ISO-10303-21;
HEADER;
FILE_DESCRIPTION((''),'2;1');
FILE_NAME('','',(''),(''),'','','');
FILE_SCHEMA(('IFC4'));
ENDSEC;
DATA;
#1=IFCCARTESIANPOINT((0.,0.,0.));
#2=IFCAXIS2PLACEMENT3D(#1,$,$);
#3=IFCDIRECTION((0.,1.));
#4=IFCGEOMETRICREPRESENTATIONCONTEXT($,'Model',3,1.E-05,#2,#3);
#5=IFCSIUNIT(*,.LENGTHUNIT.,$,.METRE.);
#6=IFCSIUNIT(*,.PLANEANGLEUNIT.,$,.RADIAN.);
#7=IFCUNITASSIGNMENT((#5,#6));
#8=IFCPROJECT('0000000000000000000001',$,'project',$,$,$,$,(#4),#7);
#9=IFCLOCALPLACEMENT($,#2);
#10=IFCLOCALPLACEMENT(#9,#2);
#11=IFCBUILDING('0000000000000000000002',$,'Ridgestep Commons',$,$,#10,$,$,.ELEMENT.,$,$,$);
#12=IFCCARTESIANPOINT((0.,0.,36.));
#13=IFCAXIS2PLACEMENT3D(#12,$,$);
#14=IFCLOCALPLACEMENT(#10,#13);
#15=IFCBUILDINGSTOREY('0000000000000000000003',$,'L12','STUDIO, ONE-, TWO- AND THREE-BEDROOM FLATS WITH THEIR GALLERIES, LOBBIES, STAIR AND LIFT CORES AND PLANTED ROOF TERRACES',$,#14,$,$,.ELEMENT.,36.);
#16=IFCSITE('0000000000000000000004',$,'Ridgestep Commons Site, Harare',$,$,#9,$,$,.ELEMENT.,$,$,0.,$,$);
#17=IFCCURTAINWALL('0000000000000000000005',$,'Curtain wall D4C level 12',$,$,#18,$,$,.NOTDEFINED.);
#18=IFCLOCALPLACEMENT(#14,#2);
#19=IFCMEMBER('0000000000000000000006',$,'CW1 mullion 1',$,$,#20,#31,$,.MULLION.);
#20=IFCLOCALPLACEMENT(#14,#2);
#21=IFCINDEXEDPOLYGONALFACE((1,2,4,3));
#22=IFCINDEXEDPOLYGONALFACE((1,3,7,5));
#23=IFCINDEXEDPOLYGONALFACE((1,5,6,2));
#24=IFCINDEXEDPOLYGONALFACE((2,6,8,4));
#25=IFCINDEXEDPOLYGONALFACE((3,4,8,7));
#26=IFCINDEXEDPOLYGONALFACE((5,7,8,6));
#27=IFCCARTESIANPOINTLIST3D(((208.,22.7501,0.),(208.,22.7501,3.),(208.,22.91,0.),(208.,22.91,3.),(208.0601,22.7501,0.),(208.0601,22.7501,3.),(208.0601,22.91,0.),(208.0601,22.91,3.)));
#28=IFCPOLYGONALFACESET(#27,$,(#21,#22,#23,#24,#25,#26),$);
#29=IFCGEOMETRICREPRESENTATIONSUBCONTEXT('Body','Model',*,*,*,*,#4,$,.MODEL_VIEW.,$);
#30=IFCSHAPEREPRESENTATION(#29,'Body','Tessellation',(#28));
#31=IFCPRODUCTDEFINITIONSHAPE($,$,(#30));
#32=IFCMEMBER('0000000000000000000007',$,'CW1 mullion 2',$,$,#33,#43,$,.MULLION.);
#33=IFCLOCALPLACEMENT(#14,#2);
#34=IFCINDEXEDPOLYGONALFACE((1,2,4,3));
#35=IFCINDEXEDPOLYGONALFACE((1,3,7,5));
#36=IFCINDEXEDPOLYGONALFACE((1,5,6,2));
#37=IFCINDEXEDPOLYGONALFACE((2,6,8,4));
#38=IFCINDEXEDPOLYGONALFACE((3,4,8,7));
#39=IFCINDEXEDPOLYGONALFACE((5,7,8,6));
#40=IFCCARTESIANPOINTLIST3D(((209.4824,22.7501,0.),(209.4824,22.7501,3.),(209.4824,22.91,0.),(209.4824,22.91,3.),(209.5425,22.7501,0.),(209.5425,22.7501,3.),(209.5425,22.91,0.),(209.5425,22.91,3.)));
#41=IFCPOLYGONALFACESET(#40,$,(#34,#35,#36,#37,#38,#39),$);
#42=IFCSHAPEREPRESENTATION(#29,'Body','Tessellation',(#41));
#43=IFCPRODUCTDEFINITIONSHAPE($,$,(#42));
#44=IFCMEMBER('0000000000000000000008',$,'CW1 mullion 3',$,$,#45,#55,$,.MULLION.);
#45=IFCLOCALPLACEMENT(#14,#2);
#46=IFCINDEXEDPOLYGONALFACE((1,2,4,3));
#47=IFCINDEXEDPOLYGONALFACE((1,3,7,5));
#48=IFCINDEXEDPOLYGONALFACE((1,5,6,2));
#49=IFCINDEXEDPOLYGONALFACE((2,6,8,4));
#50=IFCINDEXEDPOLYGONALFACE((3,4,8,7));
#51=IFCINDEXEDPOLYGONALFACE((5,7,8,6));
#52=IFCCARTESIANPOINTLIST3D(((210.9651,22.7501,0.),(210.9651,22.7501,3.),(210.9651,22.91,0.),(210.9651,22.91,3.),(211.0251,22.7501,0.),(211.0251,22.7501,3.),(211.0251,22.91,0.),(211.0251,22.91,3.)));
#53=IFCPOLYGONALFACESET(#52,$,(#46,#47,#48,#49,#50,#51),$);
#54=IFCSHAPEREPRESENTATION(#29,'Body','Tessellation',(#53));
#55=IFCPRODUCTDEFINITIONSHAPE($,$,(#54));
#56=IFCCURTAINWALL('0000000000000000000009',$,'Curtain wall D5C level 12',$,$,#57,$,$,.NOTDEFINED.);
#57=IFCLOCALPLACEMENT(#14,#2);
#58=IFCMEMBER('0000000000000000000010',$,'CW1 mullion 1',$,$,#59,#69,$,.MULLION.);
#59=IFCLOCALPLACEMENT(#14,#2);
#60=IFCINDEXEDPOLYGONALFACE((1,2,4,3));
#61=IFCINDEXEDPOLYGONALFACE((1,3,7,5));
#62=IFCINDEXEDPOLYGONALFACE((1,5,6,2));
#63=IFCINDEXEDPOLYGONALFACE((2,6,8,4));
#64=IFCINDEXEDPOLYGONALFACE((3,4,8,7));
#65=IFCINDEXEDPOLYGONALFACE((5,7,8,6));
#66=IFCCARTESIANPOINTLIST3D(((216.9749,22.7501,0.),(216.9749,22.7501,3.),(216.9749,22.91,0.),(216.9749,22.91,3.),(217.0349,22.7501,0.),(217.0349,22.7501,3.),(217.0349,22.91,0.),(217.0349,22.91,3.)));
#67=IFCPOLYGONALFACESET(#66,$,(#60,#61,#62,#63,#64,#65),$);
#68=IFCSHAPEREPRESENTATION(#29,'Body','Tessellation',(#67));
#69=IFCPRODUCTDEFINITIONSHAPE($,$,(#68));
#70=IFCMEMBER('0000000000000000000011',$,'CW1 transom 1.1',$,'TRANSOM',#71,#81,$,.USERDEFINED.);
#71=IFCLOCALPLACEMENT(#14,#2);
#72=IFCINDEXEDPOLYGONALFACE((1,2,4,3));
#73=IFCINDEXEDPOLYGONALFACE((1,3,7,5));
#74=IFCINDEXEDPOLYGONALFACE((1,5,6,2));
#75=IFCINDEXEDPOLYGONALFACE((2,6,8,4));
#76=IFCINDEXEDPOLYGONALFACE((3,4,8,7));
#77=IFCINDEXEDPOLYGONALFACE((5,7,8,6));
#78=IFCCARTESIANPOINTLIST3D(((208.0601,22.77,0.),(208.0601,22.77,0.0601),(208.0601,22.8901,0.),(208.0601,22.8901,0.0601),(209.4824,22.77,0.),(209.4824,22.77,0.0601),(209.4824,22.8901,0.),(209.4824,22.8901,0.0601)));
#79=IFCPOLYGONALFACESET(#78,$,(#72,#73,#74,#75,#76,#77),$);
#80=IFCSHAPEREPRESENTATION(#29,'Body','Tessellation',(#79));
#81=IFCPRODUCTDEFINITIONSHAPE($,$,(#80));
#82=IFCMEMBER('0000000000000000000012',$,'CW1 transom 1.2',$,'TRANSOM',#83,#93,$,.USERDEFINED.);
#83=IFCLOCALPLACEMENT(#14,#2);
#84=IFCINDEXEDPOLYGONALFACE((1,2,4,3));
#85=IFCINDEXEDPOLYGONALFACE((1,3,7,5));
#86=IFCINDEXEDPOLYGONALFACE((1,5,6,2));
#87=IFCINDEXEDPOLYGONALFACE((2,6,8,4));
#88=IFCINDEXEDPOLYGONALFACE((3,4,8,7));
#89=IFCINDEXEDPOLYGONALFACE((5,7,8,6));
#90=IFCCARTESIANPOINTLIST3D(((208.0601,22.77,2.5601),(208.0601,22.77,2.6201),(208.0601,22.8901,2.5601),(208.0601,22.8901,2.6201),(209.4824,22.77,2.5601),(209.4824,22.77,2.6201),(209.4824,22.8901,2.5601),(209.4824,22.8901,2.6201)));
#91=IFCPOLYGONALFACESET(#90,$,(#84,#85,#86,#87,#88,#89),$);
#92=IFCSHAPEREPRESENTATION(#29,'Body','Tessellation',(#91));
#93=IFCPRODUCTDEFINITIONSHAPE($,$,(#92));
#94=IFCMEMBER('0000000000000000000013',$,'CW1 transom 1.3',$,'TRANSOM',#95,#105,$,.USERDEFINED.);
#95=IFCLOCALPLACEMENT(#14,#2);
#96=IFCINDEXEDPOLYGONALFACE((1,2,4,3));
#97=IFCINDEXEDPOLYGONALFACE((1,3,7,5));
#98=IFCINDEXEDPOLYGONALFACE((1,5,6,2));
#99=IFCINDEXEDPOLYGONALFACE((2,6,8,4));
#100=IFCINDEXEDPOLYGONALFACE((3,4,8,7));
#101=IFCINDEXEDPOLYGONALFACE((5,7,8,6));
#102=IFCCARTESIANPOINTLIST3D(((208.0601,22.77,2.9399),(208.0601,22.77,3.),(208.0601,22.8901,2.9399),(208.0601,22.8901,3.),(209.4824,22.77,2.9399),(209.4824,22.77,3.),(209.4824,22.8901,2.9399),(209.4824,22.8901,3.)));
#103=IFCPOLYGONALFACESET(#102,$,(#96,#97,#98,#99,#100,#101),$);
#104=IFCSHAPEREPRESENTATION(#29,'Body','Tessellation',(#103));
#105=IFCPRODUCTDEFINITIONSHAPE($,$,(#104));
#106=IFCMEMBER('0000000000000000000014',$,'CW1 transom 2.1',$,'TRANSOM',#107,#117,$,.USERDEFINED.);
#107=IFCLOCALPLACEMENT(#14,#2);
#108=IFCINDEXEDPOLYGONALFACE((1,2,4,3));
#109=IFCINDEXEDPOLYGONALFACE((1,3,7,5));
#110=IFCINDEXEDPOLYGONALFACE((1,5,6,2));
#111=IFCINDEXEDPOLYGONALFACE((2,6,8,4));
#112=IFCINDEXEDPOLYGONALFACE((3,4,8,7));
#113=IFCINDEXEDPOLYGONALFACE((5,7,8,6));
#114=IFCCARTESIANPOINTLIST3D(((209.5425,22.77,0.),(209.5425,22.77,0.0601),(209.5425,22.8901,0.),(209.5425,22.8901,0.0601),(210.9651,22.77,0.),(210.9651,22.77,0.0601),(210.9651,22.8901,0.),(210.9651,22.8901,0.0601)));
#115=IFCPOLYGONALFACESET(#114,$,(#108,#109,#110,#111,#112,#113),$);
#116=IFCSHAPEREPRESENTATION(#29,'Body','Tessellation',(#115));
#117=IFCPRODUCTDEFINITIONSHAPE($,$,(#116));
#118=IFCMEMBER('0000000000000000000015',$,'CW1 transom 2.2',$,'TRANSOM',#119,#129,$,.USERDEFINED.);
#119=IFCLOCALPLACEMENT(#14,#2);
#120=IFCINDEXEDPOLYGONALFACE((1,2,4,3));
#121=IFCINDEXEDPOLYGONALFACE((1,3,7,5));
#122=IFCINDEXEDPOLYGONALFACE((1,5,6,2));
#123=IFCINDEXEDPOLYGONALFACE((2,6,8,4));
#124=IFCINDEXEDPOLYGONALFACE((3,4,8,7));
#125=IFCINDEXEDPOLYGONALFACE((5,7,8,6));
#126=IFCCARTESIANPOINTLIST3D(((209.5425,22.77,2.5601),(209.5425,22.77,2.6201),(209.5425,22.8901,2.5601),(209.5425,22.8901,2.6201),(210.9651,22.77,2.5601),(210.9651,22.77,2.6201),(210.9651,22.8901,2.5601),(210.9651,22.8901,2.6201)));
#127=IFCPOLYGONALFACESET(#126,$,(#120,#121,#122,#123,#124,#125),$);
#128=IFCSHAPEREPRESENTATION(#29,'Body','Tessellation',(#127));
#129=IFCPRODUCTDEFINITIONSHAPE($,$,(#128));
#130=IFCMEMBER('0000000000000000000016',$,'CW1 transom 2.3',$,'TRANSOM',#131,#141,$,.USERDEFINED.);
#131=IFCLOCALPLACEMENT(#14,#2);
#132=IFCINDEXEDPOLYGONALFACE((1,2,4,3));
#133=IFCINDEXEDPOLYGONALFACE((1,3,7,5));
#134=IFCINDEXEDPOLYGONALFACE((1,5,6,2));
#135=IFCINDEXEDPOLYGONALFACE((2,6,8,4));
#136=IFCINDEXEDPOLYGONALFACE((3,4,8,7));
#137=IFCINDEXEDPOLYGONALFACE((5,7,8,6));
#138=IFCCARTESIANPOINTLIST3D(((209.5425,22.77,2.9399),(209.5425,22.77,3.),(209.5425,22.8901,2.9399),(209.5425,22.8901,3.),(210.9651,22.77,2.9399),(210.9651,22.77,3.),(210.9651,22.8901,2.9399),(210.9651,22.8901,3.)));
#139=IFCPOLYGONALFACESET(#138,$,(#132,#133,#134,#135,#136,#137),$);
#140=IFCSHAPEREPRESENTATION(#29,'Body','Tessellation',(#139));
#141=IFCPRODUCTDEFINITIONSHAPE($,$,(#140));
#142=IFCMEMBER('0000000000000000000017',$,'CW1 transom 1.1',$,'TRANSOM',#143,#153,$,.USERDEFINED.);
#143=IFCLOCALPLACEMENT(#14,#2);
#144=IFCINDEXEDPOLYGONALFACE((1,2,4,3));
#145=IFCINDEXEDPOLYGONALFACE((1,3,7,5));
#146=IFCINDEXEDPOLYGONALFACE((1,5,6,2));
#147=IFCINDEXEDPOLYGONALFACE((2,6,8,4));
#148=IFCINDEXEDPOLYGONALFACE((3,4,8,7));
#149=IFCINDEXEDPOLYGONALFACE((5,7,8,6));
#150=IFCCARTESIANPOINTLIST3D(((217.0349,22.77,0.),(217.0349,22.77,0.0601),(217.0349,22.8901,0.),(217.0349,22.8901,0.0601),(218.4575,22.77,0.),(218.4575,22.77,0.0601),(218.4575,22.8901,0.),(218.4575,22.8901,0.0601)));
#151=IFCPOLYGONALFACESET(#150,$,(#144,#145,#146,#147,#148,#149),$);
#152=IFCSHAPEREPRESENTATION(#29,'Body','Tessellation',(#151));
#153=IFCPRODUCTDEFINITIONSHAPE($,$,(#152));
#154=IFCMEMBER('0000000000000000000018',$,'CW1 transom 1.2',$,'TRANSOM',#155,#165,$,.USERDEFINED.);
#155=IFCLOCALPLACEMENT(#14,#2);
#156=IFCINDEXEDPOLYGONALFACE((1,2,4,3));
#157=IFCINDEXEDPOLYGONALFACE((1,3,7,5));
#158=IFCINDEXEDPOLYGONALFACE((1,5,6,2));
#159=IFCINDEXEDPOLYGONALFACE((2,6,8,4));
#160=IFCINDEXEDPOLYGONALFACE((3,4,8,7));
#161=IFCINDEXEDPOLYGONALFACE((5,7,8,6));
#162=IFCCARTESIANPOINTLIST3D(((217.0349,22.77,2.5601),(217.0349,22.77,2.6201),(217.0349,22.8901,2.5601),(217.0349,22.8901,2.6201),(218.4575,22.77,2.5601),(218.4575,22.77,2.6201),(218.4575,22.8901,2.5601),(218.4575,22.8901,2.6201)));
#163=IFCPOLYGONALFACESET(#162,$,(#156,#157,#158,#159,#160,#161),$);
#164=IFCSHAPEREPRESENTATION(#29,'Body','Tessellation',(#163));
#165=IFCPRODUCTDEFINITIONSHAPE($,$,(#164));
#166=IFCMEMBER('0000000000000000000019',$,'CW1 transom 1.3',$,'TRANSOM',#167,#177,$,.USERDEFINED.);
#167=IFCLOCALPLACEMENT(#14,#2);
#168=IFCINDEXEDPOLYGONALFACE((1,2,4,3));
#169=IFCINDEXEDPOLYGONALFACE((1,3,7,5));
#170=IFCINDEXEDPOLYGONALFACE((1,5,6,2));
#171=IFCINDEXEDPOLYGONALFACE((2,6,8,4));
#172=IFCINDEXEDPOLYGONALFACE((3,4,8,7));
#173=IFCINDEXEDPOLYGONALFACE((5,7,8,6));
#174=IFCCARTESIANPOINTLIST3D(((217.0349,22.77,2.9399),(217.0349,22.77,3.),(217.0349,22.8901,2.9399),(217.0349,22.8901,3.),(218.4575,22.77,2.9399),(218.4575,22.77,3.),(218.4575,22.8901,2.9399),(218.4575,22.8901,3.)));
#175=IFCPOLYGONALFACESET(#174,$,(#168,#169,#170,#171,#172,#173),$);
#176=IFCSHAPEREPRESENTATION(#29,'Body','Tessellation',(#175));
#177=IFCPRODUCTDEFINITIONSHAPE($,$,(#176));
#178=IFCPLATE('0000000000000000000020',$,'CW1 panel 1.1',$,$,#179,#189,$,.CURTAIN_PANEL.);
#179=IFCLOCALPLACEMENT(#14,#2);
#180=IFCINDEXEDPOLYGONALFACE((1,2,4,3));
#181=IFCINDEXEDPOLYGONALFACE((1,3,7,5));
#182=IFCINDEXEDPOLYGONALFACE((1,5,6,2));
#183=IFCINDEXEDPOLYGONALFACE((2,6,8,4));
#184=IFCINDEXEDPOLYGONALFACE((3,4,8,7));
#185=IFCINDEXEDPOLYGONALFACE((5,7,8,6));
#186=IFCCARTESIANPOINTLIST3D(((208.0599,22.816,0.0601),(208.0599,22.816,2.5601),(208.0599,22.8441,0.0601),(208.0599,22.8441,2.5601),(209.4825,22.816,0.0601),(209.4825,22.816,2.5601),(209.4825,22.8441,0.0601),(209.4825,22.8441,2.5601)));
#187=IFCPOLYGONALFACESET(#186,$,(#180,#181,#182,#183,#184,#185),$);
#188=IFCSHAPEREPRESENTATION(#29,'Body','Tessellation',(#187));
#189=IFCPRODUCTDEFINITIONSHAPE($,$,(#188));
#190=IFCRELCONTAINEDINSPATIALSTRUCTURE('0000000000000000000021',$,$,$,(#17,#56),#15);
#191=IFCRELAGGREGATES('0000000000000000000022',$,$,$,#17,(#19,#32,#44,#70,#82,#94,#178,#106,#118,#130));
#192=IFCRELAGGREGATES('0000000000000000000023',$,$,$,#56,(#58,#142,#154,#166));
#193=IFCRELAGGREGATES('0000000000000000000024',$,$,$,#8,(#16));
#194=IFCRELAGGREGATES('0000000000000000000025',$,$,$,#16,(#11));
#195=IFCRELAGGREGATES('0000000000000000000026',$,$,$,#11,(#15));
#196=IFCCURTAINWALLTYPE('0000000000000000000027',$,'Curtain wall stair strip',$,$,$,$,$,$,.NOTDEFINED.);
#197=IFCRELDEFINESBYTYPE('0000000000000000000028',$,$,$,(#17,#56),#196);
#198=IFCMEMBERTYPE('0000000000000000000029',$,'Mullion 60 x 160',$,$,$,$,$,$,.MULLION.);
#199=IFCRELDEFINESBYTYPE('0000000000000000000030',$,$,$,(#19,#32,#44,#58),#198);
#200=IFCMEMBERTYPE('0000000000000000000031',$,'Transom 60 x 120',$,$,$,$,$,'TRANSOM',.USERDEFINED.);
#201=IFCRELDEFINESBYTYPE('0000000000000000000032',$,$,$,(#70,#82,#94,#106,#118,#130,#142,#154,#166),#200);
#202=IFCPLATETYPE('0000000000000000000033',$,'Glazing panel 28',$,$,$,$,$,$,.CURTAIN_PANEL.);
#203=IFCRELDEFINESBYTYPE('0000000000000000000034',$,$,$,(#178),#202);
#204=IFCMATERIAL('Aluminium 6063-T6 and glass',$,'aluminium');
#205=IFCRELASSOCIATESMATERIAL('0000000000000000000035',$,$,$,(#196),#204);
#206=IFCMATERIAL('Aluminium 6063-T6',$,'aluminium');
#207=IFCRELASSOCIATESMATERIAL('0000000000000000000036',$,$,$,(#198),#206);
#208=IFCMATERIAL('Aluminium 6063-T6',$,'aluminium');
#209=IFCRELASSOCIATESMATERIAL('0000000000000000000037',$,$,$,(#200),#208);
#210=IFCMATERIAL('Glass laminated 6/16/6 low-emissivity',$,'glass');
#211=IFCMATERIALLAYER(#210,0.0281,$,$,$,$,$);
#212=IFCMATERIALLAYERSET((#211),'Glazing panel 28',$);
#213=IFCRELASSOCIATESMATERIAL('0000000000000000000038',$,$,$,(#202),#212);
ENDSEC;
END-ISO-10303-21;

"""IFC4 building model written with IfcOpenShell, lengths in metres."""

from ifc_helpers import new_model, si_unit, direction, frame, origin, origin_2d, place, context, subcontext, project, spatial, rectangle, extrude, material, layer, layer_set, material_profile, profile_set, type_object, element, aggregate, save


model = new_model("IFC4")

# Units and contexts
model_context = context("Model", 3, precision=1e-05, world=origin(), true_north=direction((0.0, 1.0)))
body_context = subcontext(model_context, "Body", "Model", "MODEL_VIEW")
ifc_project = project(units=[si_unit("LENGTHUNIT", "METRE"), si_unit("PLANEANGLEUNIT", "RADIAN")], contexts=[model_context])

# Site, building, storey
site_placement = place(None, origin())
site = spatial("IfcSite", under=ifc_project, at=site_placement, Name="Ridgestep Commons Site, Harare", CompositionType="ELEMENT", RefElevation=0.0)
building_placement = place(site_placement, origin())
building = spatial("IfcBuilding", under=site, at=building_placement, Name="Ridgestep Commons", CompositionType="ELEMENT")
storey_placement = place(building_placement, frame((0.0, 0.0, 36.0)))
storey = spatial("IfcBuildingStorey", under=building, at=storey_placement, Name="L12", Description="STUDIO, ONE-, TWO- AND THREE-BEDROOM FLATS WITH THEIR GALLERIES, LOBBIES, STAIR AND LIFT CORES AND PLANTED ROOF TERRACES", CompositionType="ELEMENT", Elevation=36.0)

# Curtain wall, members
ifc_material_1 = material(Name="Aluminium 6063-T6 and glass", Category="aluminium")
curtain_wall_type = type_object("IfcCurtainWallType", Name="Curtain wall stair strip", PredefinedType="NOTDEFINED", material=ifc_material_1)
curtain_wall_1_placement = place(storey_placement, origin())
curtain_wall_1 = element("IfcCurtainWall", 1, at=curtain_wall_1_placement, inside=storey, type_object=curtain_wall_type, Name="Curtain wall D4C level 12", PredefinedType="NOTDEFINED")
ifc_material_2 = material(Name="Aluminium 6063-T6", Category="aluminium")
ifc_material_profile_1 = material_profile(ifc_material_2, rectangle(XDim=0.1599, YDim=0.0601, at=origin_2d()), Name="Mullion 60 x 160")
ifc_profile_set_1 = profile_set([ifc_material_profile_1], Name="Aluminium 6063-T6")
member_type_1 = type_object("IfcMemberType", Name="Mullion 60 x 160", PredefinedType="MULLION", material=ifc_profile_set_1)
member_1_placement = place(storey_placement, frame((208.03, 22.8301, 0.0), z_axis=(0.0, 0.0, 1.0), x_axis=(0.0, 1.0, 0.0)))
member_1 = element("IfcMember", 2, at=member_1_placement, type_object=member_type_1, Name="CW1 mullion 1", PredefinedType="MULLION", context=body_context, shape_type="SweptSolid", body=[
    extrude(rectangle(XDim=0.1599, YDim=0.0601, at=origin_2d()), origin(), (0.0, 0.0, 1.0), 3.0),
])
member_2_placement = place(storey_placement, frame((209.5125, 22.8301, 0.0), z_axis=(0.0, 0.0, 1.0), x_axis=(0.0, 1.0, 0.0)))
member_2 = element("IfcMember", 3, at=member_2_placement, type_object=member_type_1, Name="CW1 mullion 2", PredefinedType="MULLION", context=body_context, shape_type="SweptSolid", body=[
    extrude(rectangle(XDim=0.1599, YDim=0.0601, at=origin_2d()), origin(), (0.0, 0.0, 1.0), 3.0),
])
member_3_placement = place(storey_placement, frame((210.9951, 22.8301, 0.0), z_axis=(0.0, 0.0, 1.0), x_axis=(0.0, 1.0, 0.0)))
member_3 = element("IfcMember", 4, at=member_3_placement, type_object=member_type_1, Name="CW1 mullion 3", PredefinedType="MULLION", context=body_context, shape_type="SweptSolid", body=[
    extrude(rectangle(XDim=0.1599, YDim=0.0601, at=origin_2d()), origin(), (0.0, 0.0, 1.0), 3.0),
])

# Curtain wall, member
curtain_wall_2_placement = place(storey_placement, origin())
curtain_wall_2 = element("IfcCurtainWall", 5, at=curtain_wall_2_placement, inside=storey, type_object=curtain_wall_type, Name="Curtain wall D5C level 12", PredefinedType="NOTDEFINED")
member_4_placement = place(storey_placement, frame((217.0049, 22.8301, 0.0), z_axis=(0.0, 0.0, 1.0), x_axis=(0.0, 1.0, 0.0)))
member_4 = element("IfcMember", 6, at=member_4_placement, type_object=member_type_1, Name="CW1 mullion 1", PredefinedType="MULLION", context=body_context, shape_type="SweptSolid", body=[
    extrude(rectangle(XDim=0.1599, YDim=0.0601, at=origin_2d()), origin(), (0.0, 0.0, 1.0), 3.0),
])

# Members
ifc_material_3 = material(Name="Aluminium 6063-T6", Category="aluminium")
ifc_material_profile_2 = material_profile(ifc_material_3, rectangle(XDim=0.1201, YDim=0.0601, at=origin_2d()), Name="Transom 60 x 120")
ifc_profile_set_2 = profile_set([ifc_material_profile_2], Name="Aluminium 6063-T6")
member_type_2 = type_object("IfcMemberType", Name="Transom 60 x 120", ElementType="TRANSOM", PredefinedType="USERDEFINED", material=ifc_profile_set_2)
member_5_placement = place(storey_placement, frame((208.0601, 22.8301, 0.03), z_axis=(1.0, 0.0, 0.0), x_axis=(0.0, 1.0, 0.0)))
member_5 = element("IfcMember", 7, at=member_5_placement, type_object=member_type_2, Name="CW1 transom 1.1", ObjectType="TRANSOM", PredefinedType="USERDEFINED", context=body_context, shape_type="SweptSolid", body=[
    extrude(rectangle(XDim=0.1201, YDim=0.0601, at=origin_2d()), origin(), (0.0, 0.0, 1.0), 1.4224),
])
member_6_placement = place(storey_placement, frame((208.0601, 22.8301, 2.5901), z_axis=(1.0, 0.0, 0.0), x_axis=(0.0, 1.0, 0.0)))
member_6 = element("IfcMember", 8, at=member_6_placement, type_object=member_type_2, Name="CW1 transom 1.2", ObjectType="TRANSOM", PredefinedType="USERDEFINED", context=body_context, shape_type="SweptSolid", body=[
    extrude(rectangle(XDim=0.1201, YDim=0.0601, at=origin_2d()), origin(), (0.0, 0.0, 1.0), 1.4224),
])
member_7_placement = place(storey_placement, frame((208.0601, 22.8301, 2.97), z_axis=(1.0, 0.0, 0.0), x_axis=(0.0, 1.0, 0.0)))
member_7 = element("IfcMember", 9, at=member_7_placement, type_object=member_type_2, Name="CW1 transom 1.3", ObjectType="TRANSOM", PredefinedType="USERDEFINED", context=body_context, shape_type="SweptSolid", body=[
    extrude(rectangle(XDim=0.1201, YDim=0.0601, at=origin_2d()), origin(), (0.0, 0.0, 1.0), 1.4224),
])
member_8_placement = place(storey_placement, frame((209.5425, 22.8301, 0.03), z_axis=(1.0, 0.0, 0.0), x_axis=(0.0, 1.0, 0.0)))
member_8 = element("IfcMember", 10, at=member_8_placement, type_object=member_type_2, Name="CW1 transom 2.1", ObjectType="TRANSOM", PredefinedType="USERDEFINED", context=body_context, shape_type="SweptSolid", body=[
    extrude(rectangle(XDim=0.1201, YDim=0.0601, at=origin_2d()), origin(), (0.0, 0.0, 1.0), 1.4226),
])
member_9_placement = place(storey_placement, frame((209.5425, 22.8301, 2.5901), z_axis=(1.0, 0.0, 0.0), x_axis=(0.0, 1.0, 0.0)))
member_9 = element("IfcMember", 11, at=member_9_placement, type_object=member_type_2, Name="CW1 transom 2.2", ObjectType="TRANSOM", PredefinedType="USERDEFINED", context=body_context, shape_type="SweptSolid", body=[
    extrude(rectangle(XDim=0.1201, YDim=0.0601, at=origin_2d()), origin(), (0.0, 0.0, 1.0), 1.4226),
])
member_10_placement = place(storey_placement, frame((209.5425, 22.8301, 2.97), z_axis=(1.0, 0.0, 0.0), x_axis=(0.0, 1.0, 0.0)))
member_10 = element("IfcMember", 12, at=member_10_placement, type_object=member_type_2, Name="CW1 transom 2.3", ObjectType="TRANSOM", PredefinedType="USERDEFINED", context=body_context, shape_type="SweptSolid", body=[
    extrude(rectangle(XDim=0.1201, YDim=0.0601, at=origin_2d()), origin(), (0.0, 0.0, 1.0), 1.4226),
])
member_11_placement = place(storey_placement, frame((217.0349, 22.8301, 0.03), z_axis=(1.0, 0.0, 0.0), x_axis=(0.0, 1.0, 0.0)))
member_11 = element("IfcMember", 13, at=member_11_placement, type_object=member_type_2, Name="CW1 transom 1.1", ObjectType="TRANSOM", PredefinedType="USERDEFINED", context=body_context, shape_type="SweptSolid", body=[
    extrude(rectangle(XDim=0.1201, YDim=0.0601, at=origin_2d()), origin(), (0.0, 0.0, 1.0), 1.4226),
])
member_12_placement = place(storey_placement, frame((217.0349, 22.8301, 2.5901), z_axis=(1.0, 0.0, 0.0), x_axis=(0.0, 1.0, 0.0)))
member_12 = element("IfcMember", 14, at=member_12_placement, type_object=member_type_2, Name="CW1 transom 1.2", ObjectType="TRANSOM", PredefinedType="USERDEFINED", context=body_context, shape_type="SweptSolid", body=[
    extrude(rectangle(XDim=0.1201, YDim=0.0601, at=origin_2d()), origin(), (0.0, 0.0, 1.0), 1.4226),
])
member_13_placement = place(storey_placement, frame((217.0349, 22.8301, 2.97), z_axis=(1.0, 0.0, 0.0), x_axis=(0.0, 1.0, 0.0)))
member_13 = element("IfcMember", 15, at=member_13_placement, type_object=member_type_2, Name="CW1 transom 1.3", ObjectType="TRANSOM", PredefinedType="USERDEFINED", context=body_context, shape_type="SweptSolid", body=[
    extrude(rectangle(XDim=0.1201, YDim=0.0601, at=origin_2d()), origin(), (0.0, 0.0, 1.0), 1.4226),
])

# Plate
ifc_material_4 = material(Name="Glass laminated 6/16/6 low-emissivity", Category="glass")
ifc_layer_1 = layer(ifc_material_4, 0.0281)
ifc_layer_set_1 = layer_set([ifc_layer_1], Name="Glazing panel 28")
plate_type_1 = type_object("IfcPlateType", Name="Glazing panel 28", PredefinedType="CURTAIN_PANEL", material=ifc_layer_set_1)
plate_1_placement = place(storey_placement, frame((208.7712, 22.8301, 0.0601), z_axis=(0.0, 0.0, 1.0), x_axis=(1.0, 0.0, 0.0)))
plate_1 = element("IfcPlate", 16, at=plate_1_placement, type_object=plate_type_1, Name="CW1 panel 1.1", PredefinedType="CURTAIN_PANEL", context=body_context, shape_type="SweptSolid", body=[
    extrude(rectangle(XDim=1.4226, YDim=0.0281, at=origin_2d()), origin(), (0.0, 0.0, 1.0), 2.5),
])
aggregate(curtain_wall_1, [member_1, member_2, member_3, member_5, member_6, member_7, plate_1, member_8, member_9, member_10])
aggregate(curtain_wall_2, [member_4, member_11, member_12, member_13])

save(model, "model.ifc")
